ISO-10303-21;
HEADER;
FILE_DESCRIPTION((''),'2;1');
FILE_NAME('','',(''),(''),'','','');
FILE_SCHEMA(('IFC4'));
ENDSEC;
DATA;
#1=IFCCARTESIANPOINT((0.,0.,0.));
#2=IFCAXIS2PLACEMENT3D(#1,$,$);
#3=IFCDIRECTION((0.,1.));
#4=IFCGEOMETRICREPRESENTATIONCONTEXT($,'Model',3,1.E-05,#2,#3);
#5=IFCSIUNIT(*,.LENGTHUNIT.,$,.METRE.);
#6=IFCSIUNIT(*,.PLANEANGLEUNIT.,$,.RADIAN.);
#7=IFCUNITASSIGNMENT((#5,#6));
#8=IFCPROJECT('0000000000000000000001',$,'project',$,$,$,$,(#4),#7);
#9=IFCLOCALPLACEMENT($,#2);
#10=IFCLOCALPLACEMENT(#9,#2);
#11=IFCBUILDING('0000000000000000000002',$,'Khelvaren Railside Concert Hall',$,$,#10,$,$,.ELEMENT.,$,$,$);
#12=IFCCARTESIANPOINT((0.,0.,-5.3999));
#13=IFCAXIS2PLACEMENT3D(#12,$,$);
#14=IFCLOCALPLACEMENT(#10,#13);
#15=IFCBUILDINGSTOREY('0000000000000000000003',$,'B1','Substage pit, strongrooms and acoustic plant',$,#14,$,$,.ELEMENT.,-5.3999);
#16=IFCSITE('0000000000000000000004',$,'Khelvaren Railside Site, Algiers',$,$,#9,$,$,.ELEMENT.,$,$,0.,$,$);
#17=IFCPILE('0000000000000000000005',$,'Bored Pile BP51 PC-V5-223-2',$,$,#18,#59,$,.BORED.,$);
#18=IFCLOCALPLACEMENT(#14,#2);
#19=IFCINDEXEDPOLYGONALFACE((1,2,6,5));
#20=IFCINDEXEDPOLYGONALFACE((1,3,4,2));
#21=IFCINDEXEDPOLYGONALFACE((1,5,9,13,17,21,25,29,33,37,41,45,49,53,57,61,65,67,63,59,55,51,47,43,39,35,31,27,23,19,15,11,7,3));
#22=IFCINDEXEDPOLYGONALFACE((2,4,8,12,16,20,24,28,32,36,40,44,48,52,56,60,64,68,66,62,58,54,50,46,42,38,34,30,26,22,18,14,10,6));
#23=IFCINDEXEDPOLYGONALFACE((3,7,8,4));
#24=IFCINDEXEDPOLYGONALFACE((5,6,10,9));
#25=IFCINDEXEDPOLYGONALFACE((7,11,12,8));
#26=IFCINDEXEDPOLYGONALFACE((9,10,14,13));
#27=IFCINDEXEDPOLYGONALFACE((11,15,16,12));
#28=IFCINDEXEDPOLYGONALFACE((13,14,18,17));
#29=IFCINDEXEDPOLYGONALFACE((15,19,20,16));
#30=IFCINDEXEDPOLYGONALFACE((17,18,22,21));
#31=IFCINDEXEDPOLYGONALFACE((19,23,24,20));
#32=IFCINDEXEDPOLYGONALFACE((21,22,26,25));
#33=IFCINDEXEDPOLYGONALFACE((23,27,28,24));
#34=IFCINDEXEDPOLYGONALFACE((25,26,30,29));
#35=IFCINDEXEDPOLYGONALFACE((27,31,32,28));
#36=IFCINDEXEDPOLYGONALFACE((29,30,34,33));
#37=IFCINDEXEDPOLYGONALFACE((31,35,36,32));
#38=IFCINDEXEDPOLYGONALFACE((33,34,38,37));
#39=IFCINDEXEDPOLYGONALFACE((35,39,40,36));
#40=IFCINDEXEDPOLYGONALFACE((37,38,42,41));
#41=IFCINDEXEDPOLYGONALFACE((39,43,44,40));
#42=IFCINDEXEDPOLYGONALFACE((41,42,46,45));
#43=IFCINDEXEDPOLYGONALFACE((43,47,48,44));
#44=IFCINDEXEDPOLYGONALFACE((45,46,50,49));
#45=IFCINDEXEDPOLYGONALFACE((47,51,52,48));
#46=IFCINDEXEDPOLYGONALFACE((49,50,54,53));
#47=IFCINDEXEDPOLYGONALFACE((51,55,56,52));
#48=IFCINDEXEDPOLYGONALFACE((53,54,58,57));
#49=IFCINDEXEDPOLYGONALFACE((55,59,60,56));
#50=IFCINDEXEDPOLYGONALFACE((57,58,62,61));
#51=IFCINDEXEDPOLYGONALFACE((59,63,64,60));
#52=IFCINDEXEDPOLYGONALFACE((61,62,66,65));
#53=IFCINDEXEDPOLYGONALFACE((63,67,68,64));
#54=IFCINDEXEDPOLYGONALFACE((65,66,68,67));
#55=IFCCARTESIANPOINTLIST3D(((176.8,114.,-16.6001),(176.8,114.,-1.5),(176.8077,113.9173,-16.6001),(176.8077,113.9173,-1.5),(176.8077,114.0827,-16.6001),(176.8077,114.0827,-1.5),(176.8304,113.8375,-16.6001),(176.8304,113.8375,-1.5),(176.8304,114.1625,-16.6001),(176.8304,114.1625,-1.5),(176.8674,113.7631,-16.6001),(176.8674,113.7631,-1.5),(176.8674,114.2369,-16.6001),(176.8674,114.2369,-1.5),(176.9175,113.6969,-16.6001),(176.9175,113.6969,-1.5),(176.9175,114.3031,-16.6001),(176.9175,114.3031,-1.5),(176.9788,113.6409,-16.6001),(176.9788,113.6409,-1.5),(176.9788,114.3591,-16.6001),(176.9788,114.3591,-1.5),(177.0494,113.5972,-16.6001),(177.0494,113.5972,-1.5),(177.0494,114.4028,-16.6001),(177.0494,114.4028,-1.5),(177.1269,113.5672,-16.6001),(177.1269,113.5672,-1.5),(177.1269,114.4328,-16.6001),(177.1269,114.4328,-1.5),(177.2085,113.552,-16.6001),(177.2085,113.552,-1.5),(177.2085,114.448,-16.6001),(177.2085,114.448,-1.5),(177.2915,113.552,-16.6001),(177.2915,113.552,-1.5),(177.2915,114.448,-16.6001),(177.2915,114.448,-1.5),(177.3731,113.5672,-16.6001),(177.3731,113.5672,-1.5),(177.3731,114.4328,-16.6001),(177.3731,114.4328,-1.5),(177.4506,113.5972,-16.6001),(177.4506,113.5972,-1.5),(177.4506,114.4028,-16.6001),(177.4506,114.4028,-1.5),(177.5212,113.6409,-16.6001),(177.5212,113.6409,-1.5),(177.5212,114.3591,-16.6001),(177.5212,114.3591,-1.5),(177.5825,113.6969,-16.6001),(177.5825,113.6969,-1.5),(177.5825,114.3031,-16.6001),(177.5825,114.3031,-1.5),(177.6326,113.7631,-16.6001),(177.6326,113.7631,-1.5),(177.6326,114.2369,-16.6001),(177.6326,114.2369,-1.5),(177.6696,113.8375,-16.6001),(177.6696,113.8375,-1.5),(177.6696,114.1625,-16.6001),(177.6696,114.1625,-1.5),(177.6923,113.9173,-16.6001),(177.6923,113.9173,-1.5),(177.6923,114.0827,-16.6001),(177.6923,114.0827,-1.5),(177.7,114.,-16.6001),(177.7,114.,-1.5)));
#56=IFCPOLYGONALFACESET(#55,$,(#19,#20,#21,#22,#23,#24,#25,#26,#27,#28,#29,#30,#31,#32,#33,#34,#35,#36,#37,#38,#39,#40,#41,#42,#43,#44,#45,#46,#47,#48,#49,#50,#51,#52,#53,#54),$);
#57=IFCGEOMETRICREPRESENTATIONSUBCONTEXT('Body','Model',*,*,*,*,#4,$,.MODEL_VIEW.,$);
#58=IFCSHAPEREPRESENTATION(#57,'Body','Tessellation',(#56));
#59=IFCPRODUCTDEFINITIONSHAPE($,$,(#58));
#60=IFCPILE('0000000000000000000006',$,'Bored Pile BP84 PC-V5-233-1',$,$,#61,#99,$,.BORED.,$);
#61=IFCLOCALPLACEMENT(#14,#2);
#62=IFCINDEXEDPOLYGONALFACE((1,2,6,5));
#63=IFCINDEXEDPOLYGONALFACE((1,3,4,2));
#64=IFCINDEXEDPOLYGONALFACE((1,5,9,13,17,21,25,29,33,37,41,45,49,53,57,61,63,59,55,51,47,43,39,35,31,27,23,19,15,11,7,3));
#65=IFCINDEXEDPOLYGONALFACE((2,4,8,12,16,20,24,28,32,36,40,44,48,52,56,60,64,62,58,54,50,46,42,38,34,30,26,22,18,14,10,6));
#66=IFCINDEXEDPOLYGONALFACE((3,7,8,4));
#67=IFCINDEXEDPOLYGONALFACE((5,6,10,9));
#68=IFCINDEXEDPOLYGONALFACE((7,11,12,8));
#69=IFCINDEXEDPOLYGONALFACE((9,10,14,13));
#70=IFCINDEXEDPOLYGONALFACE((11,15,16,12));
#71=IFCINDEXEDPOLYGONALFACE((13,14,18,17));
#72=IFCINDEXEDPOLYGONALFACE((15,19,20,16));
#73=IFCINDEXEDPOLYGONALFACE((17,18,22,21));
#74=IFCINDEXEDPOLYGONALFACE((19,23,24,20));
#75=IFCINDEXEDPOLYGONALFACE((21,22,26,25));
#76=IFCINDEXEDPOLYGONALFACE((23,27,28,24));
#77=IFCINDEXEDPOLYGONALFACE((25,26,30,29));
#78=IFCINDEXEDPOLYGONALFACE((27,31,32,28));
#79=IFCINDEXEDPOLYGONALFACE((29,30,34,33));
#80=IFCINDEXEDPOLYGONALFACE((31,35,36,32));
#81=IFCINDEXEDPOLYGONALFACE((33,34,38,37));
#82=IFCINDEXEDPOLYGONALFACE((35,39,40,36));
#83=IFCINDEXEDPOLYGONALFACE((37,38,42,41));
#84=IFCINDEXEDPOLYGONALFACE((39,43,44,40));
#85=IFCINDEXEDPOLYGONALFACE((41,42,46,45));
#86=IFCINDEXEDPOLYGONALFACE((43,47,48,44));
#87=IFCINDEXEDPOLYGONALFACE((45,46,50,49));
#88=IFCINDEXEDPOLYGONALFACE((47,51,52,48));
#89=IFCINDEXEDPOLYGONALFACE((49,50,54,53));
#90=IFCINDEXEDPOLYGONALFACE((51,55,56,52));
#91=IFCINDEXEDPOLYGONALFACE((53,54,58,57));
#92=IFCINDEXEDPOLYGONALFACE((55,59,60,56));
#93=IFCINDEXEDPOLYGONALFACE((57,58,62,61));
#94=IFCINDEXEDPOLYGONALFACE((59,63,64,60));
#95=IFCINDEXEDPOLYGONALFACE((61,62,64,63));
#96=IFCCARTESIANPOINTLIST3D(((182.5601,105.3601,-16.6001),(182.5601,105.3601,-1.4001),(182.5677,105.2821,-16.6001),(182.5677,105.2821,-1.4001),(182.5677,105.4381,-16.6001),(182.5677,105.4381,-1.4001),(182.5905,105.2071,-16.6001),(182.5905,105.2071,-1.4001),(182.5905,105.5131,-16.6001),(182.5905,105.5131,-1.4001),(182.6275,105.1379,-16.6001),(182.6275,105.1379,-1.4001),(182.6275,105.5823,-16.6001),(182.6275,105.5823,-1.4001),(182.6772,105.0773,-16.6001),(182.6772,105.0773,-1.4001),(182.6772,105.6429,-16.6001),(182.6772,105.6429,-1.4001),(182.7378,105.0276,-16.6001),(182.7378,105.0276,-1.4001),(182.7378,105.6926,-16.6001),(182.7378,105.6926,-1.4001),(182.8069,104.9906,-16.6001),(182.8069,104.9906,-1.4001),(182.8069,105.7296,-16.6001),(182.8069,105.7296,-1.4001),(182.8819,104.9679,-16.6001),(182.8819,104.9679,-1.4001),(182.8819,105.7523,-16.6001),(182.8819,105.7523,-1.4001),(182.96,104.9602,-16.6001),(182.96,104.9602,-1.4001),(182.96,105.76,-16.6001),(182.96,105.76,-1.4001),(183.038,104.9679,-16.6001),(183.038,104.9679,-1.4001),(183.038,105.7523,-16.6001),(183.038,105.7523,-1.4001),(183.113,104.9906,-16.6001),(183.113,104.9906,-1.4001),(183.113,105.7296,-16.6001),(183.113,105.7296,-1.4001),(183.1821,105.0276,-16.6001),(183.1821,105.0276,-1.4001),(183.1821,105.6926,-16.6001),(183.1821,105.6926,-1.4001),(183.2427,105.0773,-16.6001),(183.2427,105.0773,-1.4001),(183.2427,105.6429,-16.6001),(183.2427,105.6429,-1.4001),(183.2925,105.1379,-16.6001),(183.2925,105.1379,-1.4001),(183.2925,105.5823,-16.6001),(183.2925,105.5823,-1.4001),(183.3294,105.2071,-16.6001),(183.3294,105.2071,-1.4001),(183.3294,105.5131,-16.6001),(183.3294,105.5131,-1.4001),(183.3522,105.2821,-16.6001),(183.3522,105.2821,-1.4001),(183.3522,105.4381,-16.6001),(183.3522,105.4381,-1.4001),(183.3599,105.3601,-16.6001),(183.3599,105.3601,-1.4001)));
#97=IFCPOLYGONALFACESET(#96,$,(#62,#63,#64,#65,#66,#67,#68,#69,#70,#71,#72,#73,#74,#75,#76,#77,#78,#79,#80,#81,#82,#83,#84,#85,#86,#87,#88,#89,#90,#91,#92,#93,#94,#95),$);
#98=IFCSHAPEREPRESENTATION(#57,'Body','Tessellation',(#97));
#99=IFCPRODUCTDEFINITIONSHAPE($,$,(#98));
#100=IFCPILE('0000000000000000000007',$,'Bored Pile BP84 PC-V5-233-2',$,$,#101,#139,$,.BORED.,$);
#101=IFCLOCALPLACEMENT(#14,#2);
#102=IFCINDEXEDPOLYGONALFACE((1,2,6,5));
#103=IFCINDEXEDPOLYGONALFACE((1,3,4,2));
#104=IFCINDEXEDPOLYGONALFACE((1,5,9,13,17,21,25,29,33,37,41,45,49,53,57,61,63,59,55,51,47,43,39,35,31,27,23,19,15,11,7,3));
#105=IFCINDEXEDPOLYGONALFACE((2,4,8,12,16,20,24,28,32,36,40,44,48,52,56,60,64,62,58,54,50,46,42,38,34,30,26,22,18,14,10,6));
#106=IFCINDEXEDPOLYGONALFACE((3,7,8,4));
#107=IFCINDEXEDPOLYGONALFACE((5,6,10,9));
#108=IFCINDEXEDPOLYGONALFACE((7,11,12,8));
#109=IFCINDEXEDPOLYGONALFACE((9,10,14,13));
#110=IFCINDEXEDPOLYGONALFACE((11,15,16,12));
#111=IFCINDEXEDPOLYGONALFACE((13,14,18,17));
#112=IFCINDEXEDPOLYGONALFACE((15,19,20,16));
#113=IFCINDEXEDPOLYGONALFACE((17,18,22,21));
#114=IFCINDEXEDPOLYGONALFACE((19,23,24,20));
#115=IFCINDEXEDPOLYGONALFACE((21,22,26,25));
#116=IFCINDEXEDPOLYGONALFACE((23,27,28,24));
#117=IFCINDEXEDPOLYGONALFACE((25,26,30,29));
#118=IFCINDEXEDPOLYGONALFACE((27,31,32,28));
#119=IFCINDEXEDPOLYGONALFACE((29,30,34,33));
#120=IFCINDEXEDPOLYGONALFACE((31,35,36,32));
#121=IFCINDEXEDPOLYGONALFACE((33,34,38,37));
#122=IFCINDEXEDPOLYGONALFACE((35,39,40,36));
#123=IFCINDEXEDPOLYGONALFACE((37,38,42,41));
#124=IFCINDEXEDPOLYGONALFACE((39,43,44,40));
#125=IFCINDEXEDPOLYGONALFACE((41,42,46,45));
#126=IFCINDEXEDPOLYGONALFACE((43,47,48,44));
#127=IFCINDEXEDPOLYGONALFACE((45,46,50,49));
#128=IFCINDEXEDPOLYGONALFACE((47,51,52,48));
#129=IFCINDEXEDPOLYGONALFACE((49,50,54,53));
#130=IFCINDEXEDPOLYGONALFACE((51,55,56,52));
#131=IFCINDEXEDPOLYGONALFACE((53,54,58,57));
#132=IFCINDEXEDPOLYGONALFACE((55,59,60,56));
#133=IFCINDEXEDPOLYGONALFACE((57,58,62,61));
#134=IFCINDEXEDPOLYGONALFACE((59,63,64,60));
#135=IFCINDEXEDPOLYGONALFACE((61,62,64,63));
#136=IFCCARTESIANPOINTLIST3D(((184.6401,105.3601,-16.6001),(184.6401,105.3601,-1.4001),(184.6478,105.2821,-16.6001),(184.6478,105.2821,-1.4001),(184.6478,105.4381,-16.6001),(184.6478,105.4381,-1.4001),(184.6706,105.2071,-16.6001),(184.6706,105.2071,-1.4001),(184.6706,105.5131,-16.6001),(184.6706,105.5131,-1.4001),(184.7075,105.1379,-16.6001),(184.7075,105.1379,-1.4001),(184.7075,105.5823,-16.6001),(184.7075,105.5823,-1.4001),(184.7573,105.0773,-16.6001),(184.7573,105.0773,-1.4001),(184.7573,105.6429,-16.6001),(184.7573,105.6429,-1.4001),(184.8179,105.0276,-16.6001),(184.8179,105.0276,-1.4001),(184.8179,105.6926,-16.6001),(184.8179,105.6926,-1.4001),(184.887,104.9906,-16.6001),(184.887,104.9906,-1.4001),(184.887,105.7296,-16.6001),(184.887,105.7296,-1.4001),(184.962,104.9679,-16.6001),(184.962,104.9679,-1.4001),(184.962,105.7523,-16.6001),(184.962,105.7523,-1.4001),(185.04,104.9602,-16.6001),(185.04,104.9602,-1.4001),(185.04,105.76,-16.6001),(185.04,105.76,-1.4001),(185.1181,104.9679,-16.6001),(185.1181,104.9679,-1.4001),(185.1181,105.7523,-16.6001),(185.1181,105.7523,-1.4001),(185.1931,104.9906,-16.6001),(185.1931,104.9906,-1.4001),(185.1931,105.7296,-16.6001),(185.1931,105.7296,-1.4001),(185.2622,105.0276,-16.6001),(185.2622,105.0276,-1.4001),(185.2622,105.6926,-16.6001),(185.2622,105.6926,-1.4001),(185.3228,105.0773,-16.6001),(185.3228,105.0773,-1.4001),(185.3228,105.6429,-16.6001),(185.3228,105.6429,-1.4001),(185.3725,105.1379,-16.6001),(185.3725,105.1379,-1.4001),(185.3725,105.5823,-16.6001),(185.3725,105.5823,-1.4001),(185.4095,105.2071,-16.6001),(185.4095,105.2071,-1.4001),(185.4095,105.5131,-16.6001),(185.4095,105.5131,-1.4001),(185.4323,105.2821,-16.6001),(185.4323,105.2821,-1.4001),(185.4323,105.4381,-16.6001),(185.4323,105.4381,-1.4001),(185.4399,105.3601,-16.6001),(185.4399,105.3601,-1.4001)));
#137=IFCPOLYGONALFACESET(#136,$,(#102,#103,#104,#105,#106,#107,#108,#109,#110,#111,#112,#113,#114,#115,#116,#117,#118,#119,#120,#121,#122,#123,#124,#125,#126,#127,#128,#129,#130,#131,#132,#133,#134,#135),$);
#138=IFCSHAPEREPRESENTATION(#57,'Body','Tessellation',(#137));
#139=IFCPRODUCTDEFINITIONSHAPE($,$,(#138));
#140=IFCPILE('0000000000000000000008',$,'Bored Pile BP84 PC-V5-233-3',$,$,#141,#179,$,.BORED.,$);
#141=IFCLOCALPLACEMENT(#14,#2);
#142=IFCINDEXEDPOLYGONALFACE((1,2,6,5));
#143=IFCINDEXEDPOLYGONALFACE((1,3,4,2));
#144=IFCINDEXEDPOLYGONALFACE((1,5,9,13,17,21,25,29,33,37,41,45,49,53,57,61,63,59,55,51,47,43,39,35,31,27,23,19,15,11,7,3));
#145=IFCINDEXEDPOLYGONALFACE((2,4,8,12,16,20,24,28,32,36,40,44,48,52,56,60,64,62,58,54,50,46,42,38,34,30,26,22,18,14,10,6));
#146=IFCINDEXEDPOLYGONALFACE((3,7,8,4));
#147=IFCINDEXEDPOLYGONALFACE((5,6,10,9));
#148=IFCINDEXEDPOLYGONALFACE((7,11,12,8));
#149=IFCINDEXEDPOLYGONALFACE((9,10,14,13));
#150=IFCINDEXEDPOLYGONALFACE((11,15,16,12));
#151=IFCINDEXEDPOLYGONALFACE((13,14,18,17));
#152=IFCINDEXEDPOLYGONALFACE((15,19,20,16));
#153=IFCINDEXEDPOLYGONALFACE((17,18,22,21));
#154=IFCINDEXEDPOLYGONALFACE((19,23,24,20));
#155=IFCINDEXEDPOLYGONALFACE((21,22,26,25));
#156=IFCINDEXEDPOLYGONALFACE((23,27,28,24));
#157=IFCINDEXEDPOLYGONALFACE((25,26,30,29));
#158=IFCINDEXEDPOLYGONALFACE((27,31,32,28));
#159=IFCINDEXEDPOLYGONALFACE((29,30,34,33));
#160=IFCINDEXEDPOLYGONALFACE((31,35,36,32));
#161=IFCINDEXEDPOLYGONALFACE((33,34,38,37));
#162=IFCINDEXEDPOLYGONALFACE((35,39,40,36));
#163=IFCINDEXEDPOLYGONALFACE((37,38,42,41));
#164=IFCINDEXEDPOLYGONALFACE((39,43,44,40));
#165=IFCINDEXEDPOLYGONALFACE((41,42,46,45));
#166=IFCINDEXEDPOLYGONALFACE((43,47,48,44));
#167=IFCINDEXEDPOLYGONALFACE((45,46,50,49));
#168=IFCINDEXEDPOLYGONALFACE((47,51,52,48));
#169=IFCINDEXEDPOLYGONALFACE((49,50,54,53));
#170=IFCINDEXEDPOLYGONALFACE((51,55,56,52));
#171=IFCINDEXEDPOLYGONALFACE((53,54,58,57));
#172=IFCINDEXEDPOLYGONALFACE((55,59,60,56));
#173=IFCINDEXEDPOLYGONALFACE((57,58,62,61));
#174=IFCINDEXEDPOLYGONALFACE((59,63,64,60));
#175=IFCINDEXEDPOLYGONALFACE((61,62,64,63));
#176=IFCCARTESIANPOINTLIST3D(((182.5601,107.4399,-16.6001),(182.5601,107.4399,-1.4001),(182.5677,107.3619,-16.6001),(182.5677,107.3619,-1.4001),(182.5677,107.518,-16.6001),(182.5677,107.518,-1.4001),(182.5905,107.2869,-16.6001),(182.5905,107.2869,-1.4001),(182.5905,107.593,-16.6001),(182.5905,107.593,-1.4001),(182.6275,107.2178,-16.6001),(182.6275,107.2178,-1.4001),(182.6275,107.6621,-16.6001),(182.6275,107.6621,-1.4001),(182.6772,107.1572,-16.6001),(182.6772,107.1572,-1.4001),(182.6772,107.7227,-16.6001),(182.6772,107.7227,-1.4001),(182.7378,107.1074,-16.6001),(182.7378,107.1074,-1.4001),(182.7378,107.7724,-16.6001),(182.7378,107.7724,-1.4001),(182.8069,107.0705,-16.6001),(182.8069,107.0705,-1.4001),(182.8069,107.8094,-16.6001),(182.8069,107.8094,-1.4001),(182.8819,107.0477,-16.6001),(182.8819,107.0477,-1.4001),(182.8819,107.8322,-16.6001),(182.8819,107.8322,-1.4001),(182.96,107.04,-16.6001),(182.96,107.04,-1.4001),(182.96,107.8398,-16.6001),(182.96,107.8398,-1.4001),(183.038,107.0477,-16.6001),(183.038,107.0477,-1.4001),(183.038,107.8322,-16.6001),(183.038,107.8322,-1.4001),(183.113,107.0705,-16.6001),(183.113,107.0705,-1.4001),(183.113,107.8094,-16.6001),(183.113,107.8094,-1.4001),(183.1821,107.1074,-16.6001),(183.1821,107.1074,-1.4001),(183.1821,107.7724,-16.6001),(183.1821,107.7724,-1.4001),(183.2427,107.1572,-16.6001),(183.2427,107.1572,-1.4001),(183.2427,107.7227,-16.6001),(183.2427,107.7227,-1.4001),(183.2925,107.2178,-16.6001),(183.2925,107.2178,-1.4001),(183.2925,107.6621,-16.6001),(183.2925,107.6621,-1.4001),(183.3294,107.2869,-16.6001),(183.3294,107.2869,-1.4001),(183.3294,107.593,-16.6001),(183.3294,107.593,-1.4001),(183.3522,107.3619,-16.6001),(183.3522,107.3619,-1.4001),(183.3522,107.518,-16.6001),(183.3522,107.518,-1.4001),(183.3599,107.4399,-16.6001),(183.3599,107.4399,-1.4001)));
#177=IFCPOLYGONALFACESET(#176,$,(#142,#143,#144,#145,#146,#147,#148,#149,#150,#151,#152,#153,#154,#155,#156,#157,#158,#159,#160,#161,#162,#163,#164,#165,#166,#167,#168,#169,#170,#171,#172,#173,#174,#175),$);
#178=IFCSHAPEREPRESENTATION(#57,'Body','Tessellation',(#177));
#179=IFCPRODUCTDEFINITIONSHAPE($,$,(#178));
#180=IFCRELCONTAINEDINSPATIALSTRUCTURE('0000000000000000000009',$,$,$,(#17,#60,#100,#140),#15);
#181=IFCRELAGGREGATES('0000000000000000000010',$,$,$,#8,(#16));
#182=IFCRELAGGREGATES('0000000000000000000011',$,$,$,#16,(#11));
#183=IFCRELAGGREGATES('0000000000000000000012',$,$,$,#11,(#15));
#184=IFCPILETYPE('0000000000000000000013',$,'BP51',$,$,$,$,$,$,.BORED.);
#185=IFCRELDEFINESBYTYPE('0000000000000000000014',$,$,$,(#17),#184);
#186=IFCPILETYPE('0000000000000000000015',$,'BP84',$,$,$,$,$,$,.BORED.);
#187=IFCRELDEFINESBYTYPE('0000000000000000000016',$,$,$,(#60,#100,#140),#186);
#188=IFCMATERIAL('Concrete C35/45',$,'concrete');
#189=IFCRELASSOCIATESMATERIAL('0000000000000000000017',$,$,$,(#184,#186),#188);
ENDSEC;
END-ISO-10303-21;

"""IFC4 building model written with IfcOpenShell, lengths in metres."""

from ifc_helpers import new_model, si_unit, direction, frame, origin, origin_2d, place, context, subcontext, project, spatial, circle, extrude, material, material_profile, profile_set, type_object, element, save


model = new_model("IFC4")

# Units and contexts
model_context = context("Model", 3, precision=1e-05, world=origin(), true_north=direction((0.0, 1.0)))
body_context = subcontext(model_context, "Body", "Model", "MODEL_VIEW")
ifc_project = project(units=[si_unit("LENGTHUNIT", "METRE"), si_unit("PLANEANGLEUNIT", "RADIAN")], contexts=[model_context])

# Site, building, storey
site_placement = place(None, origin())
site = spatial("IfcSite", under=ifc_project, at=site_placement, Name="Khelvaren Railside Site, Algiers", CompositionType="ELEMENT", RefElevation=0.0)
building_placement = place(site_placement, origin())
building = spatial("IfcBuilding", under=site, at=building_placement, Name="Khelvaren Railside Concert Hall", CompositionType="ELEMENT")
storey_placement = place(building_placement, frame((0.0, 0.0, -5.3999)))
storey = spatial("IfcBuildingStorey", under=building, at=storey_placement, Name="B1", Description="Substage pit, strongrooms and acoustic plant", CompositionType="ELEMENT", Elevation=-5.3999)

# Piles
ifc_material_1 = material(Name="Concrete C35/45", Category="concrete")
ifc_material_profile_1 = material_profile(ifc_material_1, circle(Radius=0.45, at=origin_2d()), Name="BP D900")
ifc_profile_set_1 = profile_set([ifc_material_profile_1], Name="Concrete C35/45")
pile_type_1 = type_object("IfcPileType", Name="BP51", PredefinedType="BORED", material=ifc_profile_set_1)
pile_1_placement = place(storey_placement, frame((177.25, 114.0, -1.5), z_axis=(0.0, 0.0, -1.0), x_axis=(1.0, 0.0, 0.0)))
element("IfcPile", 1, at=pile_1_placement, inside=storey, type_object=pile_type_1, Name="Bored Pile BP51 PC-V5-223-2", PredefinedType="BORED", context=body_context, shape_type="SweptSolid", body=[
    extrude(circle(Radius=0.45, at=origin_2d()), origin(), (0.0, 0.0, 1.0), 15.1001),
])
ifc_material_profile_2 = material_profile(ifc_material_1, circle(Radius=0.3999, at=origin_2d()), Name="BP D800")
ifc_profile_set_2 = profile_set([ifc_material_profile_2], Name="Concrete C35/45")
pile_type_2 = type_object("IfcPileType", Name="BP84", PredefinedType="BORED", material=ifc_profile_set_2)
for number, where, z_axis, x_axis, name in (
    (2, (182.96, 105.3601, -1.4001), (0.0, 0.0, -1.0), (1.0, 0.0, 0.0), "Bored Pile BP84 PC-V5-233-1"),
    (3, (185.04, 105.3601, -1.4001), (0.0, 0.0, -1.0), (1.0, 0.0, 0.0), "Bored Pile BP84 PC-V5-233-2"),
    (4, (182.96, 107.4399, -1.4001), (0.0, 0.0, -1.0), (1.0, 0.0, 0.0), "Bored Pile BP84 PC-V5-233-3"),
):
    element("IfcPile", number, at=place(storey_placement, frame(where, z_axis=z_axis, x_axis=x_axis)), inside=storey, type_object=pile_type_2, Name=name, PredefinedType="BORED", context=body_context, shape_type="SweptSolid", body=[
        extrude(circle(Radius=0.3999, at=origin_2d()), origin(), (0.0, 0.0, 1.0), 15.2),
    ])

save(model, "model.ifc")
